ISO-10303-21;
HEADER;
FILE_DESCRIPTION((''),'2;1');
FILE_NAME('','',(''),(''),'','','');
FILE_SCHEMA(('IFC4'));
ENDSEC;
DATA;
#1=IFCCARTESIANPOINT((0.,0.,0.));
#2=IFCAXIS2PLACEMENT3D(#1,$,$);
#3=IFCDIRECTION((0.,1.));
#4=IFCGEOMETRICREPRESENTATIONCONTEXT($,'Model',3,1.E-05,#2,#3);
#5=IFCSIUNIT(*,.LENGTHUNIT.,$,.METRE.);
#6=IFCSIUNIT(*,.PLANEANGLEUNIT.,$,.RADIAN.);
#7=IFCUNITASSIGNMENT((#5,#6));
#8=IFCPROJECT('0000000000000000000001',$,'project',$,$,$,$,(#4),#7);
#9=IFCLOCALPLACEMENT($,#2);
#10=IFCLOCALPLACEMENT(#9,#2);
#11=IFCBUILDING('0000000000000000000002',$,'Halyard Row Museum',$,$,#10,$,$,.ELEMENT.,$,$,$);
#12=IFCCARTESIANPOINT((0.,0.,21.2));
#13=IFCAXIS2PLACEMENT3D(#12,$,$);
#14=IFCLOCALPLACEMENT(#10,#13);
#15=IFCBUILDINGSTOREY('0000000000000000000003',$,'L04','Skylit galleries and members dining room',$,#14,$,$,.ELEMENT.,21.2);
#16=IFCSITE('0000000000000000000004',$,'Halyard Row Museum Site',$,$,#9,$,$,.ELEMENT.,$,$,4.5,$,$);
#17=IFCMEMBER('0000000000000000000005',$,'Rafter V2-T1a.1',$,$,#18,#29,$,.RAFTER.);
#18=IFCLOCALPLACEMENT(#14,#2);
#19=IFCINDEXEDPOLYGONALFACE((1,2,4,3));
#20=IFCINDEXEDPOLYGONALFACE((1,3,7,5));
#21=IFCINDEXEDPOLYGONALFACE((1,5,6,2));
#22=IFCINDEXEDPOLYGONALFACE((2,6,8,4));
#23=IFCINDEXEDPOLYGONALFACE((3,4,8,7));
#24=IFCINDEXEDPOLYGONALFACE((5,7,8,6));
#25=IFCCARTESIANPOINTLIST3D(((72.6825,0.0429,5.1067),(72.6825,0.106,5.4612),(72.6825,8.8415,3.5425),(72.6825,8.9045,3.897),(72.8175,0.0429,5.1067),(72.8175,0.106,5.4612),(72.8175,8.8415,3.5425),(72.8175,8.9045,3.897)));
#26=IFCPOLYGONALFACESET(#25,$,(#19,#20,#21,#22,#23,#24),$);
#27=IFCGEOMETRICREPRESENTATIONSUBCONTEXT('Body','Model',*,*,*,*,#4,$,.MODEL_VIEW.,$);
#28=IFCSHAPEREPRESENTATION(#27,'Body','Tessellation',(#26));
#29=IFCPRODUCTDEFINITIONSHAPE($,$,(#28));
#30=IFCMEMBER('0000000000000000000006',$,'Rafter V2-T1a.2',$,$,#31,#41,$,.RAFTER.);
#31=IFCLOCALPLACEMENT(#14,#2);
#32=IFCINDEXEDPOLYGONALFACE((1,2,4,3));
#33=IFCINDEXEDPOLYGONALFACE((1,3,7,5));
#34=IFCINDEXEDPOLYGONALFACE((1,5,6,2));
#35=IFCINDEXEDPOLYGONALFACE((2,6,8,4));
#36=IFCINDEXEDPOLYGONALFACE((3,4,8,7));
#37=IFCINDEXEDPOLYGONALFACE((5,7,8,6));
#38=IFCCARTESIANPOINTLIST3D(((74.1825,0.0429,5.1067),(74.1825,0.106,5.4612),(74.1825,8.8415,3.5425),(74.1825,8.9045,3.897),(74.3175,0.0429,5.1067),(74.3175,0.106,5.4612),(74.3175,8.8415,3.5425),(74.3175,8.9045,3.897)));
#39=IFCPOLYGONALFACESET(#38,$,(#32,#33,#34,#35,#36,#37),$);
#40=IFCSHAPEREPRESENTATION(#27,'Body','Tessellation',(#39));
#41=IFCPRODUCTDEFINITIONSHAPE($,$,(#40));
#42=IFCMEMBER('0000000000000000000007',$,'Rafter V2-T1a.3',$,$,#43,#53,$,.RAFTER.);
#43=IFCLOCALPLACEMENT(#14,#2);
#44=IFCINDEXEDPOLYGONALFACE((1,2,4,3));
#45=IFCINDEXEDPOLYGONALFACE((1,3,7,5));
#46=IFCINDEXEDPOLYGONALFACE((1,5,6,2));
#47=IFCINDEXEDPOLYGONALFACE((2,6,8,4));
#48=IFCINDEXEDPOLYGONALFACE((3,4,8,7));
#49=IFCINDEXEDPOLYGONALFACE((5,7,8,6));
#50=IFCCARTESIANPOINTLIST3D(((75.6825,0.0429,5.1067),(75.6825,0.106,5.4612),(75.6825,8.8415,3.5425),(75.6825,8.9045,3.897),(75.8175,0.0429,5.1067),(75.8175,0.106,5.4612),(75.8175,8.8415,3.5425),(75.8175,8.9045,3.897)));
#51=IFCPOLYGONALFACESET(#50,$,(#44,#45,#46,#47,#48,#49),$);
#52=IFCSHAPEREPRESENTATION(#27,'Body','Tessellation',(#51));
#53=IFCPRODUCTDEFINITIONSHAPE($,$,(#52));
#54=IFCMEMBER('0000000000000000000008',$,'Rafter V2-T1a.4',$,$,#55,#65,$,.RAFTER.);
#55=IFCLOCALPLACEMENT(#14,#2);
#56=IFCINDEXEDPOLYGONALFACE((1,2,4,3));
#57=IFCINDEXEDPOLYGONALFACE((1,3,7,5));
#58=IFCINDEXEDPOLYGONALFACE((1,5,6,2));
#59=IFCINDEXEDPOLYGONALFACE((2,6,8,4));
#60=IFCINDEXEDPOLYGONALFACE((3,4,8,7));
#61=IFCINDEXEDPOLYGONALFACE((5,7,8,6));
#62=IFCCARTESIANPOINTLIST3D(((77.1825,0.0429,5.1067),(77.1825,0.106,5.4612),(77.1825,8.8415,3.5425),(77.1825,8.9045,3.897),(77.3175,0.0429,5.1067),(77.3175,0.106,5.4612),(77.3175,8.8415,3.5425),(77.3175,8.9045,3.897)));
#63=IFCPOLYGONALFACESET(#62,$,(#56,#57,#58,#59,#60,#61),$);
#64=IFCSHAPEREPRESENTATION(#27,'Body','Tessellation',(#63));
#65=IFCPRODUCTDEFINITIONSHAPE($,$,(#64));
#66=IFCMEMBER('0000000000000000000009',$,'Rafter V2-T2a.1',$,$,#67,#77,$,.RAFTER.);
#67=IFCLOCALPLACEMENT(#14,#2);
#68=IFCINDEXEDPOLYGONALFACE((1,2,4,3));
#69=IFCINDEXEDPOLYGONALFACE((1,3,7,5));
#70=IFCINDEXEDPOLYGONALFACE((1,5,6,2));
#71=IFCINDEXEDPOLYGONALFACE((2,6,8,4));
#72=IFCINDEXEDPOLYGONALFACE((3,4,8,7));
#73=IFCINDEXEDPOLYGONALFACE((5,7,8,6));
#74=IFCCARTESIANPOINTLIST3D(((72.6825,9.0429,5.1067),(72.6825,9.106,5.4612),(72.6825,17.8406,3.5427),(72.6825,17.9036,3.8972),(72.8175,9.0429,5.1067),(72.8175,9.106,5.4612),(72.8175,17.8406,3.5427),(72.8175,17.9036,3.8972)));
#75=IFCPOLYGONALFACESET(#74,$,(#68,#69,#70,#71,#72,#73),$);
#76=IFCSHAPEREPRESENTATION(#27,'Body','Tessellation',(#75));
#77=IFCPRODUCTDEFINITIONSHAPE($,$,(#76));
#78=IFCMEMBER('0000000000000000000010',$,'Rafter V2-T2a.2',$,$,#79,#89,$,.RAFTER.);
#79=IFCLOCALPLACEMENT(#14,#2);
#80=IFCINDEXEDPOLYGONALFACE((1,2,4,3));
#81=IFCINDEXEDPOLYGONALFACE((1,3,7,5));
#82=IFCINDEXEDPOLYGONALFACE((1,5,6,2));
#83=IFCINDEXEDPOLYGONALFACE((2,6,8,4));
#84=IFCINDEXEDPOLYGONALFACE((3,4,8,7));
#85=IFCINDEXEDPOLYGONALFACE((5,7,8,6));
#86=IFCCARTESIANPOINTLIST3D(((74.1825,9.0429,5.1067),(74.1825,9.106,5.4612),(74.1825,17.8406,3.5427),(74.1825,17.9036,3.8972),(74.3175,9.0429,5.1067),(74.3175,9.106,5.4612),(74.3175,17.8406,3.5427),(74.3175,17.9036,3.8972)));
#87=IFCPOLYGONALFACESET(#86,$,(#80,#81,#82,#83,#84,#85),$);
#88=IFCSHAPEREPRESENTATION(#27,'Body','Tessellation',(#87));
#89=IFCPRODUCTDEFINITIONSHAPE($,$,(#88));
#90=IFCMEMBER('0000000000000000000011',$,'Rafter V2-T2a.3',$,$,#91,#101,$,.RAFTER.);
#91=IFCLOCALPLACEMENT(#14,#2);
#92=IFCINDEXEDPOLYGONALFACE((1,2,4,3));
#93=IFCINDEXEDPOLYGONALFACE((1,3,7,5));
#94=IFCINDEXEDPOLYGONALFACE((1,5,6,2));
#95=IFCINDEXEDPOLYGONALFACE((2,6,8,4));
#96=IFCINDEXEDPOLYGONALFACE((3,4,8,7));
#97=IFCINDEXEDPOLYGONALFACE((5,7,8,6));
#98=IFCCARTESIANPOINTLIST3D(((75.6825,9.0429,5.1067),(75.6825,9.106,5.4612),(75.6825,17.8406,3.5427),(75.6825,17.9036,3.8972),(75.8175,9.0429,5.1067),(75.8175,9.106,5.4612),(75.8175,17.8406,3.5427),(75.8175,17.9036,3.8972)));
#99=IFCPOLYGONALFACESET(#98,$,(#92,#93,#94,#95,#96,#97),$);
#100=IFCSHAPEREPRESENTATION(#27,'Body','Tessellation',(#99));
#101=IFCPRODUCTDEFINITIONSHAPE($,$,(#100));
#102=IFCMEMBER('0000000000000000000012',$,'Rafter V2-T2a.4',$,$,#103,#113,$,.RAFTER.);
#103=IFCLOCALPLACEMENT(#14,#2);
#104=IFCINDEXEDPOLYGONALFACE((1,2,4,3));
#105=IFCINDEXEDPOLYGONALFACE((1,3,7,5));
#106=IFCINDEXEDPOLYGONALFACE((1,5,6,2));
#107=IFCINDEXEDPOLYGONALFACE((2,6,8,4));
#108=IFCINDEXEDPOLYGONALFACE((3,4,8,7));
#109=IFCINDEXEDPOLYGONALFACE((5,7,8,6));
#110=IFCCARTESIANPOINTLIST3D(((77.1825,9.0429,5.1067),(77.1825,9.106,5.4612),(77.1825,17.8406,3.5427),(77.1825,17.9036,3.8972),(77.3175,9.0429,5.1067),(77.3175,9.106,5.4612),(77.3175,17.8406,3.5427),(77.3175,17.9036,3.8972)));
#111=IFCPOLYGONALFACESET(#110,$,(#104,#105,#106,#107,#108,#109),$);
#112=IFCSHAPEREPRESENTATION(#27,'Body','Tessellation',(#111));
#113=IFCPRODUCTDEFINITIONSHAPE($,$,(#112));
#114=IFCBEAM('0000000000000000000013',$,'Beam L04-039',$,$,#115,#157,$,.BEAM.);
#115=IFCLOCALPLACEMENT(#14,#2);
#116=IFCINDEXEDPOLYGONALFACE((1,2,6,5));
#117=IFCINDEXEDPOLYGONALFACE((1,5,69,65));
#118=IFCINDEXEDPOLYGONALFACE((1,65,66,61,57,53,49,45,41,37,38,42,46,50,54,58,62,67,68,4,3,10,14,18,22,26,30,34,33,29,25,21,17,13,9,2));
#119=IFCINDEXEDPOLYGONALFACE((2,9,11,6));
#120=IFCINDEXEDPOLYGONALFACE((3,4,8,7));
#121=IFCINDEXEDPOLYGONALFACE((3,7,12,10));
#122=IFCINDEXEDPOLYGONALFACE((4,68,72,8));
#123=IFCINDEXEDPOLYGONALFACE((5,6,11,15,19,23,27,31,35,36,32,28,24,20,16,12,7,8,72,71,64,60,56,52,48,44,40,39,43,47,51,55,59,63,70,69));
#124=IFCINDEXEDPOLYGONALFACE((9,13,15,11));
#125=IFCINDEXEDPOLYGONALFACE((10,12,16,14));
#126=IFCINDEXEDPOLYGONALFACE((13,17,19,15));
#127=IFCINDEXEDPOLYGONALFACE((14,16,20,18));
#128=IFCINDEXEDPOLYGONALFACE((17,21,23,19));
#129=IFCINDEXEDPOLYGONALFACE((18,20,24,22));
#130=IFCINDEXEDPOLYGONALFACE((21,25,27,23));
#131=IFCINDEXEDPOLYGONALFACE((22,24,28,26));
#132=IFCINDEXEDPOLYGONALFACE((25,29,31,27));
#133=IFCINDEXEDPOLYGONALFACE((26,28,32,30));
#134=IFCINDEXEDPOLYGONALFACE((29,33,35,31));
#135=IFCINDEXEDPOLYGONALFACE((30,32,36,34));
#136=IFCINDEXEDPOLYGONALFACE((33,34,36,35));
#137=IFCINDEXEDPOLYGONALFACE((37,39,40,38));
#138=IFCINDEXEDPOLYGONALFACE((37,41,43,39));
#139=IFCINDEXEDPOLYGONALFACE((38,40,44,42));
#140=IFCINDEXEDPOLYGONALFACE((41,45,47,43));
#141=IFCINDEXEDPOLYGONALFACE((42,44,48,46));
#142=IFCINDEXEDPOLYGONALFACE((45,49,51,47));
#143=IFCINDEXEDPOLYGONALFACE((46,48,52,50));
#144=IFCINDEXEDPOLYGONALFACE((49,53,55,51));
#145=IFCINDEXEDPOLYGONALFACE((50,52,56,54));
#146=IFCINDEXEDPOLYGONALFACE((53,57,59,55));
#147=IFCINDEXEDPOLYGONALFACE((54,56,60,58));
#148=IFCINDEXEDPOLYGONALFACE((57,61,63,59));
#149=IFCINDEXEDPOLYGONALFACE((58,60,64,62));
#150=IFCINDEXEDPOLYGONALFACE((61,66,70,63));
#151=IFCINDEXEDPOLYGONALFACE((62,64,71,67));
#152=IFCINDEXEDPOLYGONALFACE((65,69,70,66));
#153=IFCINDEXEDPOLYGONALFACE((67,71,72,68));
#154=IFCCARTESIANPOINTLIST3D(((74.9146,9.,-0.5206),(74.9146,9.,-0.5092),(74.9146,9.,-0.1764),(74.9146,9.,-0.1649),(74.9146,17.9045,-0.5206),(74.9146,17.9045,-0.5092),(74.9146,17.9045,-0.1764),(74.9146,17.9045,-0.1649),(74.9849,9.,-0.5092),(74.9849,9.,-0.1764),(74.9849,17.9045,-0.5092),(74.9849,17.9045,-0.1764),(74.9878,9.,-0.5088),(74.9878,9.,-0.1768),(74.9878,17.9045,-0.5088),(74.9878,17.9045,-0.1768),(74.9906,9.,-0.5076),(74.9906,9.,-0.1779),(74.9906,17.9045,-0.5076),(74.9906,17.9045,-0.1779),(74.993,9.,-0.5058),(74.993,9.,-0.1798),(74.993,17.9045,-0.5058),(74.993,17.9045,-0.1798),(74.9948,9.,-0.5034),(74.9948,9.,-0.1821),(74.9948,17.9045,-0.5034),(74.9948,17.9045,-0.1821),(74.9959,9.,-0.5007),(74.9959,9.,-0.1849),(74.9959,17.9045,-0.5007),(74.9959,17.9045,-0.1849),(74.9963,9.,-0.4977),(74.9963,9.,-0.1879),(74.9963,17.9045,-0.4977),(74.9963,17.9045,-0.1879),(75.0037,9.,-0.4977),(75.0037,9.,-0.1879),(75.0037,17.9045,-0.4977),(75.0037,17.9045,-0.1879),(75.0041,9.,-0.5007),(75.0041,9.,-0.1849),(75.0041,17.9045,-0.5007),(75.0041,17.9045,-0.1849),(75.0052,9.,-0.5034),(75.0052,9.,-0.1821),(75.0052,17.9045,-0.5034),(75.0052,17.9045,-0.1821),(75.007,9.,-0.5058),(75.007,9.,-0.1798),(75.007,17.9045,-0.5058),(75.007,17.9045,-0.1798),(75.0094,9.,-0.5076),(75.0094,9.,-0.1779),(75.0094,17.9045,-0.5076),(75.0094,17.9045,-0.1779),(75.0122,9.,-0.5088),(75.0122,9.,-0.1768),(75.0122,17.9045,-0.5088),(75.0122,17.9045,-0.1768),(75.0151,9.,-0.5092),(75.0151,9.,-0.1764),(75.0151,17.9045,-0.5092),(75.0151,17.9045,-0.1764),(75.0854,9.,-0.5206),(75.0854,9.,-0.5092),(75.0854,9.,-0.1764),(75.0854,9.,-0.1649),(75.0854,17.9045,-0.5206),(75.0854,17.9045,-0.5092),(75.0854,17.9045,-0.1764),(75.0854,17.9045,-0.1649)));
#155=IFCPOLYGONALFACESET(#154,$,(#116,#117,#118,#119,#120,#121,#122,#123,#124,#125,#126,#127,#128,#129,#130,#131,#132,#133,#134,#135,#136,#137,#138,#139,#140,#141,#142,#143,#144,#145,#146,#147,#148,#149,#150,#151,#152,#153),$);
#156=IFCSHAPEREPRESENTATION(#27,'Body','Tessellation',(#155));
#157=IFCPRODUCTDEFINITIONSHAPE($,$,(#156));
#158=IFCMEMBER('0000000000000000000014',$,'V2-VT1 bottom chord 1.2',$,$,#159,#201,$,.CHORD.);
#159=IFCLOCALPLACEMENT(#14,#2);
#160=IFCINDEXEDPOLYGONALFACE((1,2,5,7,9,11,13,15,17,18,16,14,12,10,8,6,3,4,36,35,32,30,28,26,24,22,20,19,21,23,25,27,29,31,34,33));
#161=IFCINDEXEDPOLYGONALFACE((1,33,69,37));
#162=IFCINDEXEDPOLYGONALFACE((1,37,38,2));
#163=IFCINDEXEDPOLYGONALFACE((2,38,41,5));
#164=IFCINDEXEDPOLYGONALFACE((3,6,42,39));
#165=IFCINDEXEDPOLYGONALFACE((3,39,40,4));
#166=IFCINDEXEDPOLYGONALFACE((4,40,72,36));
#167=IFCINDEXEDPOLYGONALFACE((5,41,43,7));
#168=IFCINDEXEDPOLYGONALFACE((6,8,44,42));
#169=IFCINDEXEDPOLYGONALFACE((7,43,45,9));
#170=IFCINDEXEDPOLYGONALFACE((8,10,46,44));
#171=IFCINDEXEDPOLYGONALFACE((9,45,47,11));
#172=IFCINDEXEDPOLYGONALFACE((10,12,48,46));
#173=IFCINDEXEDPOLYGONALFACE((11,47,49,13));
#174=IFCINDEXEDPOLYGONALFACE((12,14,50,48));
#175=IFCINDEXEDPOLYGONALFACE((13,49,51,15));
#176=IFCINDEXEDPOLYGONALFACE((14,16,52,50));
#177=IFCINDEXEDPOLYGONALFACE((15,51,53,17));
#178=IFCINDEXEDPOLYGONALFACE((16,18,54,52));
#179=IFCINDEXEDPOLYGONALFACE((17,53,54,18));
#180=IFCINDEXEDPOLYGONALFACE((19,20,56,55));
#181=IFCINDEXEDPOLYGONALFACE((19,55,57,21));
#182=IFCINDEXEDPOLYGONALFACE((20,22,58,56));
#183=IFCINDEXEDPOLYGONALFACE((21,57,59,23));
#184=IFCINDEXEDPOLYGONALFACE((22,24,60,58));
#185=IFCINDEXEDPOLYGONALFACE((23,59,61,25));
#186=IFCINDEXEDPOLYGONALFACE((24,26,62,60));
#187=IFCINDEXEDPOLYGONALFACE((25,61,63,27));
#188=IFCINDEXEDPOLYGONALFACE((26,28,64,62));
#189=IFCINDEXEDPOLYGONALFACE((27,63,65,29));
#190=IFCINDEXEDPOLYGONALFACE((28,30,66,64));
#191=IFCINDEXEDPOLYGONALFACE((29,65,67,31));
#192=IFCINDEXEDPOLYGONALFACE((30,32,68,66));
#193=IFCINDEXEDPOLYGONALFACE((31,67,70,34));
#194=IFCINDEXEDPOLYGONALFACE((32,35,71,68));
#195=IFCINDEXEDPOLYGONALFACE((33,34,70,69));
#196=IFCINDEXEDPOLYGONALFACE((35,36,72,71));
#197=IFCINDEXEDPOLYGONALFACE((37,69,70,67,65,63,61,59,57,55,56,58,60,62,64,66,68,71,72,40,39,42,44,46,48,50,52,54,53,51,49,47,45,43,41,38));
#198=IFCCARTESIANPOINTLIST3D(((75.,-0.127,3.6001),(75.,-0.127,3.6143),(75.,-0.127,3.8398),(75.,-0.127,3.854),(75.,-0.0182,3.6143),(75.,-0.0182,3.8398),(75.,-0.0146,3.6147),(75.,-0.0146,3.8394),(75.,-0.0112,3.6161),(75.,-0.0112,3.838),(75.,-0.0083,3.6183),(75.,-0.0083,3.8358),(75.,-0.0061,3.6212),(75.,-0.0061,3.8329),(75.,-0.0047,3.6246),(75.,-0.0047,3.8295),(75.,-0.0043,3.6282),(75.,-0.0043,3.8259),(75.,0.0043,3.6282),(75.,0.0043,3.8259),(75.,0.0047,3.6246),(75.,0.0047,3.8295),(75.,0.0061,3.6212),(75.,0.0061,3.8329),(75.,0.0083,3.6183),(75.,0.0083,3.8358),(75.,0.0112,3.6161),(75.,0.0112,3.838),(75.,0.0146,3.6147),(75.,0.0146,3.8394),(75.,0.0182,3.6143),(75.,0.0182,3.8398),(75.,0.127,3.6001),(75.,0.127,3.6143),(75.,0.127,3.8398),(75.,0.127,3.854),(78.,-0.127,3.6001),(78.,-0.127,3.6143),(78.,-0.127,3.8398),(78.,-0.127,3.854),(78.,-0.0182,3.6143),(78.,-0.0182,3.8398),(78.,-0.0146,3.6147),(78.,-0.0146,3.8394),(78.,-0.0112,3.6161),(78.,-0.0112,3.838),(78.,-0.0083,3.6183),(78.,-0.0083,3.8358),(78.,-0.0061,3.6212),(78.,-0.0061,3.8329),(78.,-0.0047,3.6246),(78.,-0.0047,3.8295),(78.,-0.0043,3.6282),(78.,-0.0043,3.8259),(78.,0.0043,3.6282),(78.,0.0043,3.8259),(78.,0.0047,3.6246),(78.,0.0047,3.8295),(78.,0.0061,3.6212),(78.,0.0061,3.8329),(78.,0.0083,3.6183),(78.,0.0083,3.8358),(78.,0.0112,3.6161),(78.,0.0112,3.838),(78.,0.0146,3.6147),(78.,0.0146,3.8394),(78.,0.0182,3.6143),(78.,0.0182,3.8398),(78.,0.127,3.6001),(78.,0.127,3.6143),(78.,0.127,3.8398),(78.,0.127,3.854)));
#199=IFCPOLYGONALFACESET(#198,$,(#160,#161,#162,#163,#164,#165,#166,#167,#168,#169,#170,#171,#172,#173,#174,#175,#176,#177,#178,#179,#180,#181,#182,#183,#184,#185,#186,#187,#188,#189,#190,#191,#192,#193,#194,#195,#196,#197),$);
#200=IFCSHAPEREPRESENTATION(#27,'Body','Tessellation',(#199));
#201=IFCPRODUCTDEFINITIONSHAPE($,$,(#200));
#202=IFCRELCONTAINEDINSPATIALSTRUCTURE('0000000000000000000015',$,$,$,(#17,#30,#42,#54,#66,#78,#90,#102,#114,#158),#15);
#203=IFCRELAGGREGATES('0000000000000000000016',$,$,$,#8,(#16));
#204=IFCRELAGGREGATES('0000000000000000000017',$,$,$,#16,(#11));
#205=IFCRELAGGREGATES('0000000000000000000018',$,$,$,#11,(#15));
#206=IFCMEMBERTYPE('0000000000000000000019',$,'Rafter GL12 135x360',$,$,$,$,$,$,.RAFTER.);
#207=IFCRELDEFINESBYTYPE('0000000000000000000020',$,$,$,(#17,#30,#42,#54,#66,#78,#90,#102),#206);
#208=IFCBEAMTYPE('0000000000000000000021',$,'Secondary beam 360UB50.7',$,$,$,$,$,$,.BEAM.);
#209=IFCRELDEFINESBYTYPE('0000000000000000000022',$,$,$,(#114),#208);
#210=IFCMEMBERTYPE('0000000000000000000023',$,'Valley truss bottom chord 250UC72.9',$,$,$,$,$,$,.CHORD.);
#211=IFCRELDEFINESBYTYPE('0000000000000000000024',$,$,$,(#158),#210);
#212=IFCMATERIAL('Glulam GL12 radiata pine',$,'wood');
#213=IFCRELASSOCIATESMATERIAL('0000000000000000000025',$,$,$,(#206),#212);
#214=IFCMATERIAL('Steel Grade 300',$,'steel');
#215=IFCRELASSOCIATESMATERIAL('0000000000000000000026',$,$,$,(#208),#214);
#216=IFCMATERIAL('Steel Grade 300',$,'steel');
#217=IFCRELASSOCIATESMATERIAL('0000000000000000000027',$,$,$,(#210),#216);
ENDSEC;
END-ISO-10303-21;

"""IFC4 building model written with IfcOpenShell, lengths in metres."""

from ifc_helpers import new_model, si_unit, direction, frame, origin, origin_2d, place, context, subcontext, project, spatial, rectangle, i_section, extrude, material, material_profile, profile_set, type_object, element, save


model = new_model("IFC4")

# Units and contexts
model_context = context("Model", 3, precision=1e-05, world=origin(), true_north=direction((0.0, 1.0)))
body_context = subcontext(model_context, "Body", "Model", "MODEL_VIEW")
ifc_project = project(units=[si_unit("LENGTHUNIT", "METRE"), si_unit("PLANEANGLEUNIT", "RADIAN")], contexts=[model_context])

# Site, building, storey
site_placement = place(None, origin())
site = spatial("IfcSite", under=ifc_project, at=site_placement, Name="Halyard Row Museum Site", CompositionType="ELEMENT", RefElevation=4.5)
building_placement = place(site_placement, origin())
building = spatial("IfcBuilding", under=site, at=building_placement, Name="Halyard Row Museum", CompositionType="ELEMENT")
storey_placement = place(building_placement, frame((0.0, 0.0, 21.2)))
storey = spatial("IfcBuildingStorey", under=building, at=storey_placement, Name="L04", Description="Skylit galleries and members dining room", CompositionType="ELEMENT", Elevation=21.2)

# Members
ifc_material_1 = material(Name="Glulam GL12 radiata pine", Category="wood")
ifc_material_profile_1 = material_profile(ifc_material_1, rectangle(XDim=0.135, YDim=0.3601, at=origin_2d()), Name="GL12 135x360")
ifc_profile_set_1 = profile_set([ifc_material_profile_1], Name="Glulam GL12 radiata pine")
member_type_1 = type_object("IfcMemberType", Name="Rafter GL12 135x360", PredefinedType="RAFTER", material=ifc_profile_set_1)
for number, where, z_axis, x_axis, name in (
    (1, (72.75, 0.0745, 5.2839), (0.0, 0.984562, -0.175035), (-1.0, 0.0, 0.0), "Rafter V2-T1a.1"),
    (2, (74.25, 0.0745, 5.2839), (0.0, 0.984562, -0.175035), (-1.0, 0.0, 0.0), "Rafter V2-T1a.2"),
    (3, (75.75, 0.0745, 5.2839), (0.0, 0.984562, -0.175035), (-1.0, 0.0, 0.0), "Rafter V2-T1a.3"),
    (4, (77.25, 0.0745, 5.2839), (0.0, 0.984562, -0.175035), (-1.0, 0.0, 0.0), "Rafter V2-T1a.4"),
):
    element("IfcMember", number, at=place(storey_placement, frame(where, z_axis=z_axis, x_axis=x_axis)), inside=storey, type_object=member_type_1, Name=name, PredefinedType="RAFTER", context=body_context, shape_type="SweptSolid", body=[
        extrude(rectangle(XDim=0.135, YDim=0.3601, at=origin_2d()), origin(), (0.0, 0.0, 1.0), 8.9365),
    ])
for number, where, z_axis, x_axis, name in (
    (5, (72.75, 9.0745, 5.2839), (0.0, 0.984564, -0.175027), (-1.0, 0.0, 0.0), "Rafter V2-T2a.1"),
    (6, (74.25, 9.0745, 5.2839), (0.0, 0.984564, -0.175027), (-1.0, 0.0, 0.0), "Rafter V2-T2a.2"),
    (7, (75.75, 9.0745, 5.2839), (0.0, 0.984564, -0.175027), (-1.0, 0.0, 0.0), "Rafter V2-T2a.3"),
    (8, (77.25, 9.0745, 5.2839), (0.0, 0.984564, -0.175027), (-1.0, 0.0, 0.0), "Rafter V2-T2a.4"),
):
    element("IfcMember", number, at=place(storey_placement, frame(where, z_axis=z_axis, x_axis=x_axis)), inside=storey, type_object=member_type_1, Name=name, PredefinedType="RAFTER", context=body_context, shape_type="SweptSolid", body=[
        extrude(rectangle(XDim=0.135, YDim=0.3601, at=origin_2d()), origin(), (0.0, 0.0, 1.0), 8.9355),
    ])

# Beam
ifc_material_2 = material(Name="Steel Grade 300", Category="steel")
ifc_material_profile_2 = material_profile(ifc_material_2, i_section(OverallWidth=0.1709, OverallDepth=0.3557, WebThickness=0.0073, FlangeThickness=0.0115, FilletRadius=0.0115, at=origin_2d()), Name="360UB50.7")
ifc_profile_set_2 = profile_set([ifc_material_profile_2], Name="Steel Grade 300")
beam_type_1 = type_object("IfcBeamType", Name="Secondary beam 360UB50.7", PredefinedType="BEAM", material=ifc_profile_set_2)
beam_1_placement = place(storey_placement, frame((75.0, 9.0, -0.3428), z_axis=(0.0, 1.0, 0.0), x_axis=(-1.0, 0.0, 0.0)))
element("IfcBeam", 9, at=beam_1_placement, inside=storey, type_object=beam_type_1, Name="Beam L04-039", PredefinedType="BEAM", context=body_context, shape_type="SweptSolid", body=[
    extrude(i_section(OverallWidth=0.1709, OverallDepth=0.3557, WebThickness=0.0073, FlangeThickness=0.0115, FilletRadius=0.0115, at=origin_2d()), origin(), (0.0, 0.0, 1.0), 8.9045),
])

# Member
ifc_material_3 = material(Name="Steel Grade 300", Category="steel")
ifc_material_profile_3 = material_profile(ifc_material_3, i_section(OverallWidth=0.2539, OverallDepth=0.2539, WebThickness=0.0085, FlangeThickness=0.0142, FilletRadius=0.0139, at=origin_2d()), Name="250UC72.9")
ifc_profile_set_3 = profile_set([ifc_material_profile_3], Name="Steel Grade 300")
member_type_2 = type_object("IfcMemberType", Name="Valley truss bottom chord 250UC72.9", PredefinedType="CHORD", material=ifc_profile_set_3)
for number, where, z_axis, x_axis, name in (
    (10, (75.0, 0.0, 3.7271), (1.0, 0.0, 0.0), (0.0, 1.0, 0.0), "V2-VT1 bottom chord 1.2"),
):
    element("IfcMember", number, at=place(storey_placement, frame(where, z_axis=z_axis, x_axis=x_axis)), inside=storey, type_object=member_type_2, Name=name, PredefinedType="CHORD", context=body_context, shape_type="SweptSolid", body=[
        extrude(i_section(OverallWidth=0.2539, OverallDepth=0.2539, WebThickness=0.0085, FlangeThickness=0.0142, FilletRadius=0.0139, at=origin_2d()), origin(), (0.0, 0.0, 1.0), 3.0),
    ])

save(model, "model.ifc")
